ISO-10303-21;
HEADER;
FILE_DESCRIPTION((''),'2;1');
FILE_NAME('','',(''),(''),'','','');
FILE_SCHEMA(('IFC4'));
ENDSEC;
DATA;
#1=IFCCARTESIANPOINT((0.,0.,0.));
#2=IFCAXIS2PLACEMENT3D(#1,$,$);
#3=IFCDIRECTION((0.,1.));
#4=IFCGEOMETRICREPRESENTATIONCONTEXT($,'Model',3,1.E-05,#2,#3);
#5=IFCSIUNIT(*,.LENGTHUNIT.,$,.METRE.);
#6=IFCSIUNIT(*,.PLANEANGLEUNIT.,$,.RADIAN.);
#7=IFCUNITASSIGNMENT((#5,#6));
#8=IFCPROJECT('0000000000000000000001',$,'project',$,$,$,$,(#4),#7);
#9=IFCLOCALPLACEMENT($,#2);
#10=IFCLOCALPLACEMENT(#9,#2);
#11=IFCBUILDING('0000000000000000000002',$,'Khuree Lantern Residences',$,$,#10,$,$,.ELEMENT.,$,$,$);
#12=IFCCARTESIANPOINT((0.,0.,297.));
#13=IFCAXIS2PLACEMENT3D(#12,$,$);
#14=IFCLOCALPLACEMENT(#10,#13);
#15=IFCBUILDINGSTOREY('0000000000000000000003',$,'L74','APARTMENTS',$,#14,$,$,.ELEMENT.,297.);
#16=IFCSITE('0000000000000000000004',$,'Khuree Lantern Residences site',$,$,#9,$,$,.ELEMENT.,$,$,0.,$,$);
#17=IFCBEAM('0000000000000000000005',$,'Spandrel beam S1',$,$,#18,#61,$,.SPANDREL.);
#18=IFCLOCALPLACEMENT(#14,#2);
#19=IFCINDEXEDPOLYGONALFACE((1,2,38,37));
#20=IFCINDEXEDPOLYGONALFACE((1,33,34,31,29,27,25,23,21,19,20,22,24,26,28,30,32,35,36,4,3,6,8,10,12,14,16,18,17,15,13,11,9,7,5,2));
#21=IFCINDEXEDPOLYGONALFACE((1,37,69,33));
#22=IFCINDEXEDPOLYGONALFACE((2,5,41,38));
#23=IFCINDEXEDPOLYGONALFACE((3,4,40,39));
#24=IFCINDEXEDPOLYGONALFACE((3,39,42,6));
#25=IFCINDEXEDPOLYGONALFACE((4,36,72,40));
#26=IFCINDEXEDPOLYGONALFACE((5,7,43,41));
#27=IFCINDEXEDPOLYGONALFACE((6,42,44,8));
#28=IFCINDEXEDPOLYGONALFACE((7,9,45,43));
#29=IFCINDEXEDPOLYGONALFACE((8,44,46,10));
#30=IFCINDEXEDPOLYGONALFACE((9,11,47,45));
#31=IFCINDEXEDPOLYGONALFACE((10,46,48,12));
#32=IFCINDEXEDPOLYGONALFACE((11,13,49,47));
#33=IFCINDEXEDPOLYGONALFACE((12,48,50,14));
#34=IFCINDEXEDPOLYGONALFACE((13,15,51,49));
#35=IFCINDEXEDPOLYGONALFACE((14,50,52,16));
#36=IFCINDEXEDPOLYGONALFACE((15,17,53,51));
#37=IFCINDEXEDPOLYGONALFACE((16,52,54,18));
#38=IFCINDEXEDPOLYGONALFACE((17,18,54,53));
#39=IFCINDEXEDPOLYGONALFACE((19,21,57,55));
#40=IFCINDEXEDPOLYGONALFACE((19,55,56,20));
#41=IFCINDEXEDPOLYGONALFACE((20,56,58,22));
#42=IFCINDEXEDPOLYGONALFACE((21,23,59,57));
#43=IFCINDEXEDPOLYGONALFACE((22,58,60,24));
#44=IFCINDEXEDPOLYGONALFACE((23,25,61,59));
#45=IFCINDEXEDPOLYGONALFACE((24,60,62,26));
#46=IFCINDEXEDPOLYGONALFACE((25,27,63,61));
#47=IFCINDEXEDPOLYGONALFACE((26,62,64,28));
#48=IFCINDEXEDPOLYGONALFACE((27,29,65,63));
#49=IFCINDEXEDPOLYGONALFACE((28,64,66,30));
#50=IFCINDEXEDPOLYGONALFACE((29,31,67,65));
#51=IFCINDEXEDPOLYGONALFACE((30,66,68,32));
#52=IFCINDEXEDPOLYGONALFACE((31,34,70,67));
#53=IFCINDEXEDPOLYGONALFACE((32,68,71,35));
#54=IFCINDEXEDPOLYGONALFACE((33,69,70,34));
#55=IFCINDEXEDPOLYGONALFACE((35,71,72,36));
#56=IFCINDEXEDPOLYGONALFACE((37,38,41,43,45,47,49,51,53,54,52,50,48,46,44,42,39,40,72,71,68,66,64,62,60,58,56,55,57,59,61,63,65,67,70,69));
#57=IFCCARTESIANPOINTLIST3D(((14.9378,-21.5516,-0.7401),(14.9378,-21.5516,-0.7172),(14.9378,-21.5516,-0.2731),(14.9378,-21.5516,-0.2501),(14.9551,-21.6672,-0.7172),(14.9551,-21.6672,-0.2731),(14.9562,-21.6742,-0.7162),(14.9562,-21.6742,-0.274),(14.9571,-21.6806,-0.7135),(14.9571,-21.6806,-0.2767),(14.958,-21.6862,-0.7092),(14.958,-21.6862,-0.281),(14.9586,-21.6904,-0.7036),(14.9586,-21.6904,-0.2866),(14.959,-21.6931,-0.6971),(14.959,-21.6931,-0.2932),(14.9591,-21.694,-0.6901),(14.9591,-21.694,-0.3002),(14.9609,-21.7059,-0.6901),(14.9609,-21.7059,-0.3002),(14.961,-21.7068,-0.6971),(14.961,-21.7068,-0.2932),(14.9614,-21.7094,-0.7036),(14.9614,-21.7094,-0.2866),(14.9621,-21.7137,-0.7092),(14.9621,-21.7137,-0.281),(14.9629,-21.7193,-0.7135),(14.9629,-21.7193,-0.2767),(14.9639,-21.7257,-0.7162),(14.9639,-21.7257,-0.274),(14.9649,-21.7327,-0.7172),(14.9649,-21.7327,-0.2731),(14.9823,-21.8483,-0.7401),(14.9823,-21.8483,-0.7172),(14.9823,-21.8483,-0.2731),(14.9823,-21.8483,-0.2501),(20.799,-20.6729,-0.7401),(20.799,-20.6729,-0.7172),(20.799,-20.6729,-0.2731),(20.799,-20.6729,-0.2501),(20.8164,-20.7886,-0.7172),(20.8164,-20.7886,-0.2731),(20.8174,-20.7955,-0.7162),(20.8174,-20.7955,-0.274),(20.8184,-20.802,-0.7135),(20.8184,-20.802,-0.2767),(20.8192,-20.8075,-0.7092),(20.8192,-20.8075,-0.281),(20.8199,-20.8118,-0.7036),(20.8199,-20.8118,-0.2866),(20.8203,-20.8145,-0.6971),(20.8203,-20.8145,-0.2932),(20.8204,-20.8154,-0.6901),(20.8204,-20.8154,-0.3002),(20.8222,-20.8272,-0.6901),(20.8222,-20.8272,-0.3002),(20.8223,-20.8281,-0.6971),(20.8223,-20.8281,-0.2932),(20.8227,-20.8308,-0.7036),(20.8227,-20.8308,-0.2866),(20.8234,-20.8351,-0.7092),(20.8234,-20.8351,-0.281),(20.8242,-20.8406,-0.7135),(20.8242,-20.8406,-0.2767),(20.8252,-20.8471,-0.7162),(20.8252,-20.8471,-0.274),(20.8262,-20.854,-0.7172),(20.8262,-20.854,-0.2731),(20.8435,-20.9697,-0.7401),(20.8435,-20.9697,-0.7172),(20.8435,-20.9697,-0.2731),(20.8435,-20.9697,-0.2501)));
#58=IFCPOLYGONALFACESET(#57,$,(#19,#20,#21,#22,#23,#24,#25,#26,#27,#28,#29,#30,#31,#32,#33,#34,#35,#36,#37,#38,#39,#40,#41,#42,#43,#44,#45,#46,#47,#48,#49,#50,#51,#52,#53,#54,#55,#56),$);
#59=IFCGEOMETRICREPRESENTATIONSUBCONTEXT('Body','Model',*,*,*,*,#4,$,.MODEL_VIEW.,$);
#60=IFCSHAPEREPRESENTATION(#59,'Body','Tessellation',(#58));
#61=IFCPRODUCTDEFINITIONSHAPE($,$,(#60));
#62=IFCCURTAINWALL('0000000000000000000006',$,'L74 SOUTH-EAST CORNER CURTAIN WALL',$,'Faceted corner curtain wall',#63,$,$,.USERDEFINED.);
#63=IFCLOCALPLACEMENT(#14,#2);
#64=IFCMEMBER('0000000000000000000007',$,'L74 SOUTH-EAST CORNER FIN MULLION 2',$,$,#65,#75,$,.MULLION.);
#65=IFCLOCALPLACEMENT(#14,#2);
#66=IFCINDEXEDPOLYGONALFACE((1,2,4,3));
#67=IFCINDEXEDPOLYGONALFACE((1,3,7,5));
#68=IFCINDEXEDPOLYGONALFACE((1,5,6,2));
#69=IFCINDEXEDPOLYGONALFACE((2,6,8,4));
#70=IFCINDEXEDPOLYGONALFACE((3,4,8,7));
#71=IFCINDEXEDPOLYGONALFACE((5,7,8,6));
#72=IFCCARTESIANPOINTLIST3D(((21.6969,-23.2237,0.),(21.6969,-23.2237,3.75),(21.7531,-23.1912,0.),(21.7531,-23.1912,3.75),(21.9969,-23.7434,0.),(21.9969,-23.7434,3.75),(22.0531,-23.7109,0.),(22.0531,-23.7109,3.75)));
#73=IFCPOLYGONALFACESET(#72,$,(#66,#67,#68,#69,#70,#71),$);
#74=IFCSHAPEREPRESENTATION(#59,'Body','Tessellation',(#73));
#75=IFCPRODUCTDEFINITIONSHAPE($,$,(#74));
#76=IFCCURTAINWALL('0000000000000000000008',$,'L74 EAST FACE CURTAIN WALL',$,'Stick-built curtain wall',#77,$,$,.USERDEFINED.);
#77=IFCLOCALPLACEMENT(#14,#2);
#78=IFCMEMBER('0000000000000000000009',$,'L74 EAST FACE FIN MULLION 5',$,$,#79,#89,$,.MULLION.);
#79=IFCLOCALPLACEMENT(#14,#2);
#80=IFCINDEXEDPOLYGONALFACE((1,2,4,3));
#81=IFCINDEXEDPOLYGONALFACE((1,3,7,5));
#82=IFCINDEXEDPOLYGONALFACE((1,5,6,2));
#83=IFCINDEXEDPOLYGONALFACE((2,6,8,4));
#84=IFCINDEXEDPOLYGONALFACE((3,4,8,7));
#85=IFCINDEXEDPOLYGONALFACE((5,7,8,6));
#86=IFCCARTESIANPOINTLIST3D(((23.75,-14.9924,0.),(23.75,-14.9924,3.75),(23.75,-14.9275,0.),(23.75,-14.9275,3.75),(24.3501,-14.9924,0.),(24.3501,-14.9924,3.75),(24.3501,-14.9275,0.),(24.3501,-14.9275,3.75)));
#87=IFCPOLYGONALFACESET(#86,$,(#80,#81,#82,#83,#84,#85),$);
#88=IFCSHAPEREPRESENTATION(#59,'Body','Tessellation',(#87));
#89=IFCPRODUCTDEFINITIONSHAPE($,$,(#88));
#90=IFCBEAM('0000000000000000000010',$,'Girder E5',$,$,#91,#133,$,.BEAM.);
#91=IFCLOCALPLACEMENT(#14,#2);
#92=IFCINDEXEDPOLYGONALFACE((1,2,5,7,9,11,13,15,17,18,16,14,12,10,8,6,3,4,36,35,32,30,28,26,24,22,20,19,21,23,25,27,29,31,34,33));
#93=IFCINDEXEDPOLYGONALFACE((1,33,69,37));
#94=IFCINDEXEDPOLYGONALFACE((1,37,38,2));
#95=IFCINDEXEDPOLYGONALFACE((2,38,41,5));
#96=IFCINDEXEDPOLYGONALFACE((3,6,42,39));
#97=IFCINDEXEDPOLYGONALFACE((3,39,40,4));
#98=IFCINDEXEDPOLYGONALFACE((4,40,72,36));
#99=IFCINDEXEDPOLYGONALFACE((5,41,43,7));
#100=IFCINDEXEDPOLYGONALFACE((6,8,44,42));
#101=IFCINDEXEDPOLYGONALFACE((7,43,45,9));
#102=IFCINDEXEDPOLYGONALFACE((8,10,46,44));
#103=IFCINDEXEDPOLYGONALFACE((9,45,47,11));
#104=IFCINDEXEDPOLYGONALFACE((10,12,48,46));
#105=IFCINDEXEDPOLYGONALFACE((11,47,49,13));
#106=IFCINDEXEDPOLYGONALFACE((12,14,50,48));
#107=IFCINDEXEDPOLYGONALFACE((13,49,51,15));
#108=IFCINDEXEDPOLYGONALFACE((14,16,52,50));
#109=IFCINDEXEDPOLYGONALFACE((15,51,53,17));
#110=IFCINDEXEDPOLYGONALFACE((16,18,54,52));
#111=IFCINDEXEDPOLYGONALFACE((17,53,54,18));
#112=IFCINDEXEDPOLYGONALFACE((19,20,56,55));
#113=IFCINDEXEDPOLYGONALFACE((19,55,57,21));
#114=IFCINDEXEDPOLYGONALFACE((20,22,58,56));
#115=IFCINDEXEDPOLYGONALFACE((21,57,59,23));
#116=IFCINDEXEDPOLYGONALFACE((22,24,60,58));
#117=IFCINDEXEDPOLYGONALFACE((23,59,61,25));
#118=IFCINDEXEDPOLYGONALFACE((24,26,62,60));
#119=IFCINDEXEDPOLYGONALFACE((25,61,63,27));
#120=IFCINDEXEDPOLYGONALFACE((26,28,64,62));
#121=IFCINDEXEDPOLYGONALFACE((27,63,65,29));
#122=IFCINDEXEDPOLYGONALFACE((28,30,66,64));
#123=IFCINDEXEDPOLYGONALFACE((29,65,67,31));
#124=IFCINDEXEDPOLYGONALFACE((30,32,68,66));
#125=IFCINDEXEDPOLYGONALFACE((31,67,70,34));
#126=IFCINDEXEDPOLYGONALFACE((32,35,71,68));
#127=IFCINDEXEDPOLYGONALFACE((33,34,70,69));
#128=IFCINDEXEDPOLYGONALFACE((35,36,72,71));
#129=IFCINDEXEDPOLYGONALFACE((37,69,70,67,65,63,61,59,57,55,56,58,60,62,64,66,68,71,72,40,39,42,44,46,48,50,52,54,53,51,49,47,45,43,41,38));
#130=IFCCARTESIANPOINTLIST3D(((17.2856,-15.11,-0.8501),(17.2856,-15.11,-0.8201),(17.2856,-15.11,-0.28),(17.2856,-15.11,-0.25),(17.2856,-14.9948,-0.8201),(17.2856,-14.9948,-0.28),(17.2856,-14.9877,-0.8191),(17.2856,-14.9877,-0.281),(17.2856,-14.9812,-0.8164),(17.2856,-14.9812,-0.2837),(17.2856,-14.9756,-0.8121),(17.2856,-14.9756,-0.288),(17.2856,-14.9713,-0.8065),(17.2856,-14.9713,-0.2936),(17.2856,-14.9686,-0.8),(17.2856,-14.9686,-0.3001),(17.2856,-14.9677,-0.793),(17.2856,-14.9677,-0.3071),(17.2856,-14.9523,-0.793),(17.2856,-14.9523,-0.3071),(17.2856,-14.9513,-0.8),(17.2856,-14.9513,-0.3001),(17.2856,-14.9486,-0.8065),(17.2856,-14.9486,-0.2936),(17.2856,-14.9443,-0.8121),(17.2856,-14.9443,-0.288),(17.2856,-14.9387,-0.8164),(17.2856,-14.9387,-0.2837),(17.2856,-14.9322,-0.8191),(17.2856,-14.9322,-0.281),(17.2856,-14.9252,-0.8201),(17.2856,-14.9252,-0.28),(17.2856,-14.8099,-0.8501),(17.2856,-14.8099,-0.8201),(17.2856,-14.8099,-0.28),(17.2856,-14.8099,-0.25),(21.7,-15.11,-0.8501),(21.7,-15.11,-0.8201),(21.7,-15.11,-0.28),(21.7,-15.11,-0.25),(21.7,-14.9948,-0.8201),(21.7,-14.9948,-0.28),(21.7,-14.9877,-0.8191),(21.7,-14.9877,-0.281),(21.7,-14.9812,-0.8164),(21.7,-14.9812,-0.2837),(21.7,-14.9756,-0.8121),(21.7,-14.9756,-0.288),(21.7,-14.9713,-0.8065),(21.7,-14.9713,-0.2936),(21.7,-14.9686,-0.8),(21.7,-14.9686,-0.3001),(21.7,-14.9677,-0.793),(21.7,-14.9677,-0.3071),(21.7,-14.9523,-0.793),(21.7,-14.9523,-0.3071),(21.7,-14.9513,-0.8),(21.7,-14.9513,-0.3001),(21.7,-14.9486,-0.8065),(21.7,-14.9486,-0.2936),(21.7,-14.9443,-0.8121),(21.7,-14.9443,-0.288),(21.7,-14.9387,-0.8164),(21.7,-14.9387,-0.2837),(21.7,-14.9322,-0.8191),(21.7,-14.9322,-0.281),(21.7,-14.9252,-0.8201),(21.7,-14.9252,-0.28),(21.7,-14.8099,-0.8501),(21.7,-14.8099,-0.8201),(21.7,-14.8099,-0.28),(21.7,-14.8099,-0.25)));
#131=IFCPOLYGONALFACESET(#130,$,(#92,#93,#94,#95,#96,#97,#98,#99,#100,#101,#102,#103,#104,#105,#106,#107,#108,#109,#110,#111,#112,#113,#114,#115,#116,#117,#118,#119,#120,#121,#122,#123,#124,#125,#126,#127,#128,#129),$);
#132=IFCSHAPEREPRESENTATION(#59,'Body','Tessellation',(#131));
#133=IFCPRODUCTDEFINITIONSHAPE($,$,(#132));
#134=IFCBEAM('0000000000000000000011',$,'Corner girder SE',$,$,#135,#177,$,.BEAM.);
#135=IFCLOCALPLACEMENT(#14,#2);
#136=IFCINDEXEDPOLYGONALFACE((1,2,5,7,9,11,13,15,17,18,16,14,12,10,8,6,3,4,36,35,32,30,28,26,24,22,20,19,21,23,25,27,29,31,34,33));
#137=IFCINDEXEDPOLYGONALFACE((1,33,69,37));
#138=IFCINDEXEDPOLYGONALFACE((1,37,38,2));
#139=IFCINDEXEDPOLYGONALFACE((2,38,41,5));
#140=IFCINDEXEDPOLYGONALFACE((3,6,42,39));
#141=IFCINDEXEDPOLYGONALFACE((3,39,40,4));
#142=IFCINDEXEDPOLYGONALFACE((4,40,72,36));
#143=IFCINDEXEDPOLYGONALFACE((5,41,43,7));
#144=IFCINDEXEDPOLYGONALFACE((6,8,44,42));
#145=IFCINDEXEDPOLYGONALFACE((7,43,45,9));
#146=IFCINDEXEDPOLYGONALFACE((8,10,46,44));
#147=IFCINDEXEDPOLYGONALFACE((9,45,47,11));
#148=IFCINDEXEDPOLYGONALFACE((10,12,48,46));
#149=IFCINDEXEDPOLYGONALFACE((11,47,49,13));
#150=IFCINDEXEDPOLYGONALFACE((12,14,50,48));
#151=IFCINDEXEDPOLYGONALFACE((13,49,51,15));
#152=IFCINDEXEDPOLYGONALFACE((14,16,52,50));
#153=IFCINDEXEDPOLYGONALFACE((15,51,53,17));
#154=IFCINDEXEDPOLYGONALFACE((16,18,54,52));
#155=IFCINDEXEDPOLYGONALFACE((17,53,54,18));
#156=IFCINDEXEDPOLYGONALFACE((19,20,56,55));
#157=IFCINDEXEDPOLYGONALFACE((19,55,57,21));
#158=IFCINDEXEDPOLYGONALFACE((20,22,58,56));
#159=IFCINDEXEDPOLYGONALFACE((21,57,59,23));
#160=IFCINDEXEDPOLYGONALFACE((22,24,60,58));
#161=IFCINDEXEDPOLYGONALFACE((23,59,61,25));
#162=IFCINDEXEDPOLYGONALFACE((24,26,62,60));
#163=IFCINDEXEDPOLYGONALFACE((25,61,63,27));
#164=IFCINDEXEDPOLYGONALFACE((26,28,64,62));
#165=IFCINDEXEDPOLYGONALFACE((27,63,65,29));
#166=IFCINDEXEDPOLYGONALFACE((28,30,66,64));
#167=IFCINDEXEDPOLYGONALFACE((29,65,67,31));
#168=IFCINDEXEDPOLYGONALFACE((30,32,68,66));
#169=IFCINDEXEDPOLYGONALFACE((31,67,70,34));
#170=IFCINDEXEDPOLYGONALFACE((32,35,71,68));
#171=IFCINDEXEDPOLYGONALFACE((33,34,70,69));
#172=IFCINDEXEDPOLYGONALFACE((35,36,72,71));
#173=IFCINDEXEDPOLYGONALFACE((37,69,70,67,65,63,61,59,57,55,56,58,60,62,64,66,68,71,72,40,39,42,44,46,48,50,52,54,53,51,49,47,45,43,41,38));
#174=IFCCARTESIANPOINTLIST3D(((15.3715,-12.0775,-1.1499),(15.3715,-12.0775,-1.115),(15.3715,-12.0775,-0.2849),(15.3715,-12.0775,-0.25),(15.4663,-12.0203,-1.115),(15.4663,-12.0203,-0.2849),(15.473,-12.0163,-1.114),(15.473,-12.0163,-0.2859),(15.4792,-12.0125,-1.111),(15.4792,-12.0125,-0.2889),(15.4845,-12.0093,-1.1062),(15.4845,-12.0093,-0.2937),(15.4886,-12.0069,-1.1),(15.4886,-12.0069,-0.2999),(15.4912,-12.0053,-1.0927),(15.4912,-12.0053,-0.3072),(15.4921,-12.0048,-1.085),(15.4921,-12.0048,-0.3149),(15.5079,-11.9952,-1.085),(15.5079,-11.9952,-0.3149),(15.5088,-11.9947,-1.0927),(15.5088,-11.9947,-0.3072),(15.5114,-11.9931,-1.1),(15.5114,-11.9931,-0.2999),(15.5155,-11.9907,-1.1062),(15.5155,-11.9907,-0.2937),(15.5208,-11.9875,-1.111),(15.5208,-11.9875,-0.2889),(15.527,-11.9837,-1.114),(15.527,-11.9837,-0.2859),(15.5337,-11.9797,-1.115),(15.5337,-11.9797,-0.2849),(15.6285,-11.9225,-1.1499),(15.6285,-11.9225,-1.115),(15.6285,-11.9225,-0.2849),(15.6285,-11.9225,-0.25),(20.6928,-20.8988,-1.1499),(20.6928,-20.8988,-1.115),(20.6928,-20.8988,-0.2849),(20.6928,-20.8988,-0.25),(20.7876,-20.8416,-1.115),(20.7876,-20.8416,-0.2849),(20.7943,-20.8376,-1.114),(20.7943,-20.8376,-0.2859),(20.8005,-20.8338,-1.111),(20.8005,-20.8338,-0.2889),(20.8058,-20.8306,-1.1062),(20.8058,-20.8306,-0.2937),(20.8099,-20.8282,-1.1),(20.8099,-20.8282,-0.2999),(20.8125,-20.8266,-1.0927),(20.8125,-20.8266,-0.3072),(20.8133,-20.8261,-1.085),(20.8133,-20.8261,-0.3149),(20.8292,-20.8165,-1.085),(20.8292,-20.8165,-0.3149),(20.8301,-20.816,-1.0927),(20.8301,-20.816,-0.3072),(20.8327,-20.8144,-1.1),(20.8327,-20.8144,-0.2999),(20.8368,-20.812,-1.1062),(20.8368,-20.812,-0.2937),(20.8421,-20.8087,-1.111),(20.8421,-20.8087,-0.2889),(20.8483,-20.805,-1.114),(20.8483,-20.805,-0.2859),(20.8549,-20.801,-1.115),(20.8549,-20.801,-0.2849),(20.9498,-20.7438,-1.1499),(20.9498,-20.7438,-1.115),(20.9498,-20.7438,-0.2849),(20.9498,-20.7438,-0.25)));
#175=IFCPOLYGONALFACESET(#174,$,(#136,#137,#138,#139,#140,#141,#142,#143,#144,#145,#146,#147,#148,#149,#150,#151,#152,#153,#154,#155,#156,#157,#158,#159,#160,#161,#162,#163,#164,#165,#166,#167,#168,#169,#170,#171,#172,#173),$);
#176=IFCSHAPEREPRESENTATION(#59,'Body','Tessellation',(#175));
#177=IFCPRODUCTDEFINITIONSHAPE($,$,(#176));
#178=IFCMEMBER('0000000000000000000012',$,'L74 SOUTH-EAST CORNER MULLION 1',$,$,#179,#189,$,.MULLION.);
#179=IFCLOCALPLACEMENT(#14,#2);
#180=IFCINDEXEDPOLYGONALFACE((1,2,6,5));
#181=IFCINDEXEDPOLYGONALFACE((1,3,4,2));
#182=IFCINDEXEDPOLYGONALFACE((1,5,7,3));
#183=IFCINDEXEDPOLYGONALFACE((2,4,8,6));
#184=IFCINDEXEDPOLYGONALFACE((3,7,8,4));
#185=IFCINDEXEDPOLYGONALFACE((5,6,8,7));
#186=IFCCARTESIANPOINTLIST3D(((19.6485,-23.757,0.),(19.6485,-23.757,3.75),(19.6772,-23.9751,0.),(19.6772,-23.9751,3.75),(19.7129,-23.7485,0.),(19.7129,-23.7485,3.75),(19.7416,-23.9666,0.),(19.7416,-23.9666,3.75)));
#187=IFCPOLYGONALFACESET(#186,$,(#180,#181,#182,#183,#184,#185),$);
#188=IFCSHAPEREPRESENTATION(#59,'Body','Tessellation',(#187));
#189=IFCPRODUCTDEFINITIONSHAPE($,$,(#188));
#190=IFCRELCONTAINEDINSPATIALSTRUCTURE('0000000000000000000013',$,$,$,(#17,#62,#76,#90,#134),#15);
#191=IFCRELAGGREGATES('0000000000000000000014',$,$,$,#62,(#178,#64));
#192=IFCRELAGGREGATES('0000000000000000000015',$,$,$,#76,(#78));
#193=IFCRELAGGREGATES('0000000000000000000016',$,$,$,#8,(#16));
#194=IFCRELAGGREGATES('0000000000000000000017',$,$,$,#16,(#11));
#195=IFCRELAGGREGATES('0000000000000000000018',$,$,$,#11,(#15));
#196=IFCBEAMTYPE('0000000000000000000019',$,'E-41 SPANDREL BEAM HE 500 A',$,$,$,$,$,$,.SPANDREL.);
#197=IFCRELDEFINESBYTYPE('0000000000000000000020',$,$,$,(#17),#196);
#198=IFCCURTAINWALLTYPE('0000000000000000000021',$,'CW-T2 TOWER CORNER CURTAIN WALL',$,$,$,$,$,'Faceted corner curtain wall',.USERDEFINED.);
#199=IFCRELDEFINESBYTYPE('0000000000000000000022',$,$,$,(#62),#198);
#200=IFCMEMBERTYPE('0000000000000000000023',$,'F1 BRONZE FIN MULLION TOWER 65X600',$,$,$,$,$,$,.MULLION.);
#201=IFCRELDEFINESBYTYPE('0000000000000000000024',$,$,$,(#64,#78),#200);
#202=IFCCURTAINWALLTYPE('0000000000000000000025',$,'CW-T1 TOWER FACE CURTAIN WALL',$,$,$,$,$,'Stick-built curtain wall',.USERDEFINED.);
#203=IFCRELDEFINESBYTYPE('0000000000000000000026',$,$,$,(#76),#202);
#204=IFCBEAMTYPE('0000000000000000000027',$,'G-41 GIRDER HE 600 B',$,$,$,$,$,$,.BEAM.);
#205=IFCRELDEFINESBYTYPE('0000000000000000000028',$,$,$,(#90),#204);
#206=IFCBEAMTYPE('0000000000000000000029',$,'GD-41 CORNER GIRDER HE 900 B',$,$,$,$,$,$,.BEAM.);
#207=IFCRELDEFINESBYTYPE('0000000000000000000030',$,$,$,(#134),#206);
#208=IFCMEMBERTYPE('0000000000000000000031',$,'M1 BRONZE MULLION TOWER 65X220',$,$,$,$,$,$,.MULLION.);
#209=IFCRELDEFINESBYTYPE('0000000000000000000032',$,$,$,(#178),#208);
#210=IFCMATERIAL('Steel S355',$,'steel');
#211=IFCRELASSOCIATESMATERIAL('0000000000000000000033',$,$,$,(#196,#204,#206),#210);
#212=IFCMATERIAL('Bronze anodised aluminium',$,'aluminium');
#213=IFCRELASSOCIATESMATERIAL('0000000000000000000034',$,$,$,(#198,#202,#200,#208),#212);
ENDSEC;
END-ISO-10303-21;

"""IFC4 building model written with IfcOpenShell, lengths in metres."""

from ifc_helpers import new_model, si_unit, direction, frame, origin, origin_2d, place, context, subcontext, project, spatial, rectangle, i_section, extrude, material, material_profile, profile_set, type_object, element, aggregate, save


model = new_model("IFC4")

# Units and contexts
model_context = context("Model", 3, precision=1e-05, world=origin(), true_north=direction((0.0, 1.0)))
body_context = subcontext(model_context, "Body", "Model", "MODEL_VIEW")
ifc_project = project(units=[si_unit("LENGTHUNIT", "METRE"), si_unit("PLANEANGLEUNIT", "RADIAN")], contexts=[model_context])

# Site, building, storey
site_placement = place(None, origin())
site = spatial("IfcSite", under=ifc_project, at=site_placement, Name="Khuree Lantern Residences site", CompositionType="ELEMENT", RefElevation=0.0)
building_placement = place(site_placement, origin())
building = spatial("IfcBuilding", under=site, at=building_placement, Name="Khuree Lantern Residences", CompositionType="ELEMENT")
storey_placement = place(building_placement, frame((0.0, 0.0, 297.0)))
storey = spatial("IfcBuildingStorey", under=building, at=storey_placement, Name="L74", Description="APARTMENTS", CompositionType="ELEMENT", Elevation=297.0)

# Beam
ifc_material_1 = material(Name="Steel S355", Category="steel")
ifc_material_profile_1 = material_profile(ifc_material_1, i_section(OverallWidth=0.3, OverallDepth=0.49, WebThickness=0.012, FlangeThickness=0.0229, FilletRadius=0.0271, at=origin_2d()), Name="HE 500 A")
ifc_profile_set_1 = profile_set([ifc_material_profile_1], Name="Steel S355")
beam_type_1 = type_object("IfcBeamType", Name="E-41 SPANDREL BEAM HE 500 A", PredefinedType="SPANDREL", material=ifc_profile_set_1)
for number, where, z_axis, x_axis, name in (
    (1, (20.8213, -20.8213, -0.4951), (-0.98895, -0.148252, 0.0), (0.148252, -0.98895, 0.0), "Spandrel beam S1"),
):
    element("IfcBeam", number, at=place(storey_placement, frame(where, z_axis=z_axis, x_axis=x_axis)), inside=storey, type_object=beam_type_1, Name=name, PredefinedType="SPANDREL", context=body_context, shape_type="SweptSolid", body=[
        extrude(i_section(OverallWidth=0.3, OverallDepth=0.49, WebThickness=0.012, FlangeThickness=0.0229, FilletRadius=0.0271, at=origin_2d()), origin(), (0.0, 0.0, 1.0), 5.9268),
    ])

# Curtain walls, members
ifc_material_2 = material(Name="Bronze anodised aluminium", Category="aluminium")
curtain_wall_type_1 = type_object("IfcCurtainWallType", Name="CW-T2 TOWER CORNER CURTAIN WALL", ElementType="Faceted corner curtain wall", PredefinedType="USERDEFINED", material=ifc_material_2)
curtain_wall_1_placement = place(storey_placement, origin())
curtain_wall_1 = element("IfcCurtainWall", 2, at=curtain_wall_1_placement, inside=storey, type_object=curtain_wall_type_1, Name="L74 SOUTH-EAST CORNER CURTAIN WALL", ObjectType="Faceted corner curtain wall", PredefinedType="USERDEFINED")
ifc_material_profile_2 = material_profile(ifc_material_2, rectangle(XDim=0.0649, YDim=0.6001, at=origin_2d()), Name="F1 65X600")
ifc_profile_set_2 = profile_set([ifc_material_profile_2], Name="Bronze anodised aluminium")
member_type_1 = type_object("IfcMemberType", Name="F1 BRONZE FIN MULLION TOWER 65X600", PredefinedType="MULLION", material=ifc_profile_set_2)
member_1_placement = place(storey_placement, frame((21.875, -23.4673, 0.0), z_axis=(0.0, 0.0, 1.0), x_axis=(0.866025, 0.5, 0.0)))
member_1 = element("IfcMember", 3, at=member_1_placement, type_object=member_type_1, Name="L74 SOUTH-EAST CORNER FIN MULLION 2", PredefinedType="MULLION", context=body_context, shape_type="SweptSolid", body=[
    extrude(rectangle(XDim=0.0649, YDim=0.6001, at=origin_2d()), origin(), (0.0, 0.0, 1.0), 3.75),
])
curtain_wall_type_2 = type_object("IfcCurtainWallType", Name="CW-T1 TOWER FACE CURTAIN WALL", ElementType="Stick-built curtain wall", PredefinedType="USERDEFINED", material=ifc_material_2)
curtain_wall_2_placement = place(storey_placement, origin())
curtain_wall_2 = element("IfcCurtainWall", 4, at=curtain_wall_2_placement, inside=storey, type_object=curtain_wall_type_2, Name="L74 EAST FACE CURTAIN WALL", ObjectType="Stick-built curtain wall", PredefinedType="USERDEFINED")
member_2_placement = place(storey_placement, frame((24.05, -14.96, 0.0), z_axis=(0.0, 0.0, 1.0), x_axis=(0.0, 1.0, 0.0)))
member_2 = element("IfcMember", 5, at=member_2_placement, type_object=member_type_1, Name="L74 EAST FACE FIN MULLION 5", PredefinedType="MULLION", context=body_context, shape_type="SweptSolid", body=[
    extrude(rectangle(XDim=0.0649, YDim=0.6001, at=origin_2d()), origin(), (0.0, 0.0, 1.0), 3.75),
])

# Beams
ifc_material_profile_3 = material_profile(ifc_material_1, i_section(OverallWidth=0.3, OverallDepth=0.6001, WebThickness=0.0154, FlangeThickness=0.03, FilletRadius=0.0271, at=origin_2d()), Name="HE 600 B")
ifc_profile_set_3 = profile_set([ifc_material_profile_3], Name="Steel S355")
beam_type_2 = type_object("IfcBeamType", Name="G-41 GIRDER HE 600 B", PredefinedType="BEAM", material=ifc_profile_set_3)
beam_1_placement = place(storey_placement, frame((21.7, -14.96, -0.55), z_axis=(-1.0, 0.0, 0.0), x_axis=(0.0, -1.0, 0.0)))
element("IfcBeam", 6, at=beam_1_placement, inside=storey, type_object=beam_type_2, Name="Girder E5", PredefinedType="BEAM", context=body_context, shape_type="SweptSolid", body=[
    extrude(i_section(OverallWidth=0.3, OverallDepth=0.6001, WebThickness=0.0154, FlangeThickness=0.03, FilletRadius=0.0271, at=origin_2d()), origin(), (0.0, 0.0, 1.0), 4.4143),
])
ifc_material_profile_4 = material_profile(ifc_material_1, i_section(OverallWidth=0.3, OverallDepth=0.8999, WebThickness=0.0186, FlangeThickness=0.0349, FilletRadius=0.03, at=origin_2d()), Name="HE 900 B")
ifc_profile_set_4 = profile_set([ifc_material_profile_4], Name="Steel S355")
beam_type_3 = type_object("IfcBeamType", Name="GD-41 CORNER GIRDER HE 900 B", PredefinedType="BEAM", material=ifc_profile_set_4)
beam_2_placement = place(storey_placement, frame((20.8213, -20.8213, -0.7), z_axis=(-0.51653, 0.856269, 0.0), x_axis=(-0.856269, -0.51653, 0.0)))
element("IfcBeam", 7, at=beam_2_placement, inside=storey, type_object=beam_type_3, Name="Corner girder SE", PredefinedType="BEAM", context=body_context, shape_type="SweptSolid", body=[
    extrude(i_section(OverallWidth=0.3, OverallDepth=0.8999, WebThickness=0.0186, FlangeThickness=0.0349, FilletRadius=0.03, at=origin_2d()), origin(), (0.0, 0.0, 1.0), 10.302),
])

# Member
ifc_material_profile_5 = material_profile(ifc_material_2, rectangle(XDim=0.0649, YDim=0.22, at=origin_2d()), Name="M1 65X220")
ifc_profile_set_5 = profile_set([ifc_material_profile_5], Name="Bronze anodised aluminium")
member_type_2 = type_object("IfcMemberType", Name="M1 BRONZE MULLION TOWER 65X220", PredefinedType="MULLION", material=ifc_profile_set_5)
member_3_placement = place(storey_placement, frame((19.6951, -23.8618, 0.0), z_axis=(0.0, 0.0, 1.0), x_axis=(0.991445, 0.130526, 0.0)))
member_3 = element("IfcMember", 8, at=member_3_placement, type_object=member_type_2, Name="L74 SOUTH-EAST CORNER MULLION 1", PredefinedType="MULLION", context=body_context, shape_type="SweptSolid", body=[
    extrude(rectangle(XDim=0.0649, YDim=0.22, at=origin_2d()), origin(), (0.0, 0.0, 1.0), 3.75),
])

aggregate(curtain_wall_1, [member_3, member_1])

aggregate(curtain_wall_2, [member_2])

save(model, "model.ifc")
